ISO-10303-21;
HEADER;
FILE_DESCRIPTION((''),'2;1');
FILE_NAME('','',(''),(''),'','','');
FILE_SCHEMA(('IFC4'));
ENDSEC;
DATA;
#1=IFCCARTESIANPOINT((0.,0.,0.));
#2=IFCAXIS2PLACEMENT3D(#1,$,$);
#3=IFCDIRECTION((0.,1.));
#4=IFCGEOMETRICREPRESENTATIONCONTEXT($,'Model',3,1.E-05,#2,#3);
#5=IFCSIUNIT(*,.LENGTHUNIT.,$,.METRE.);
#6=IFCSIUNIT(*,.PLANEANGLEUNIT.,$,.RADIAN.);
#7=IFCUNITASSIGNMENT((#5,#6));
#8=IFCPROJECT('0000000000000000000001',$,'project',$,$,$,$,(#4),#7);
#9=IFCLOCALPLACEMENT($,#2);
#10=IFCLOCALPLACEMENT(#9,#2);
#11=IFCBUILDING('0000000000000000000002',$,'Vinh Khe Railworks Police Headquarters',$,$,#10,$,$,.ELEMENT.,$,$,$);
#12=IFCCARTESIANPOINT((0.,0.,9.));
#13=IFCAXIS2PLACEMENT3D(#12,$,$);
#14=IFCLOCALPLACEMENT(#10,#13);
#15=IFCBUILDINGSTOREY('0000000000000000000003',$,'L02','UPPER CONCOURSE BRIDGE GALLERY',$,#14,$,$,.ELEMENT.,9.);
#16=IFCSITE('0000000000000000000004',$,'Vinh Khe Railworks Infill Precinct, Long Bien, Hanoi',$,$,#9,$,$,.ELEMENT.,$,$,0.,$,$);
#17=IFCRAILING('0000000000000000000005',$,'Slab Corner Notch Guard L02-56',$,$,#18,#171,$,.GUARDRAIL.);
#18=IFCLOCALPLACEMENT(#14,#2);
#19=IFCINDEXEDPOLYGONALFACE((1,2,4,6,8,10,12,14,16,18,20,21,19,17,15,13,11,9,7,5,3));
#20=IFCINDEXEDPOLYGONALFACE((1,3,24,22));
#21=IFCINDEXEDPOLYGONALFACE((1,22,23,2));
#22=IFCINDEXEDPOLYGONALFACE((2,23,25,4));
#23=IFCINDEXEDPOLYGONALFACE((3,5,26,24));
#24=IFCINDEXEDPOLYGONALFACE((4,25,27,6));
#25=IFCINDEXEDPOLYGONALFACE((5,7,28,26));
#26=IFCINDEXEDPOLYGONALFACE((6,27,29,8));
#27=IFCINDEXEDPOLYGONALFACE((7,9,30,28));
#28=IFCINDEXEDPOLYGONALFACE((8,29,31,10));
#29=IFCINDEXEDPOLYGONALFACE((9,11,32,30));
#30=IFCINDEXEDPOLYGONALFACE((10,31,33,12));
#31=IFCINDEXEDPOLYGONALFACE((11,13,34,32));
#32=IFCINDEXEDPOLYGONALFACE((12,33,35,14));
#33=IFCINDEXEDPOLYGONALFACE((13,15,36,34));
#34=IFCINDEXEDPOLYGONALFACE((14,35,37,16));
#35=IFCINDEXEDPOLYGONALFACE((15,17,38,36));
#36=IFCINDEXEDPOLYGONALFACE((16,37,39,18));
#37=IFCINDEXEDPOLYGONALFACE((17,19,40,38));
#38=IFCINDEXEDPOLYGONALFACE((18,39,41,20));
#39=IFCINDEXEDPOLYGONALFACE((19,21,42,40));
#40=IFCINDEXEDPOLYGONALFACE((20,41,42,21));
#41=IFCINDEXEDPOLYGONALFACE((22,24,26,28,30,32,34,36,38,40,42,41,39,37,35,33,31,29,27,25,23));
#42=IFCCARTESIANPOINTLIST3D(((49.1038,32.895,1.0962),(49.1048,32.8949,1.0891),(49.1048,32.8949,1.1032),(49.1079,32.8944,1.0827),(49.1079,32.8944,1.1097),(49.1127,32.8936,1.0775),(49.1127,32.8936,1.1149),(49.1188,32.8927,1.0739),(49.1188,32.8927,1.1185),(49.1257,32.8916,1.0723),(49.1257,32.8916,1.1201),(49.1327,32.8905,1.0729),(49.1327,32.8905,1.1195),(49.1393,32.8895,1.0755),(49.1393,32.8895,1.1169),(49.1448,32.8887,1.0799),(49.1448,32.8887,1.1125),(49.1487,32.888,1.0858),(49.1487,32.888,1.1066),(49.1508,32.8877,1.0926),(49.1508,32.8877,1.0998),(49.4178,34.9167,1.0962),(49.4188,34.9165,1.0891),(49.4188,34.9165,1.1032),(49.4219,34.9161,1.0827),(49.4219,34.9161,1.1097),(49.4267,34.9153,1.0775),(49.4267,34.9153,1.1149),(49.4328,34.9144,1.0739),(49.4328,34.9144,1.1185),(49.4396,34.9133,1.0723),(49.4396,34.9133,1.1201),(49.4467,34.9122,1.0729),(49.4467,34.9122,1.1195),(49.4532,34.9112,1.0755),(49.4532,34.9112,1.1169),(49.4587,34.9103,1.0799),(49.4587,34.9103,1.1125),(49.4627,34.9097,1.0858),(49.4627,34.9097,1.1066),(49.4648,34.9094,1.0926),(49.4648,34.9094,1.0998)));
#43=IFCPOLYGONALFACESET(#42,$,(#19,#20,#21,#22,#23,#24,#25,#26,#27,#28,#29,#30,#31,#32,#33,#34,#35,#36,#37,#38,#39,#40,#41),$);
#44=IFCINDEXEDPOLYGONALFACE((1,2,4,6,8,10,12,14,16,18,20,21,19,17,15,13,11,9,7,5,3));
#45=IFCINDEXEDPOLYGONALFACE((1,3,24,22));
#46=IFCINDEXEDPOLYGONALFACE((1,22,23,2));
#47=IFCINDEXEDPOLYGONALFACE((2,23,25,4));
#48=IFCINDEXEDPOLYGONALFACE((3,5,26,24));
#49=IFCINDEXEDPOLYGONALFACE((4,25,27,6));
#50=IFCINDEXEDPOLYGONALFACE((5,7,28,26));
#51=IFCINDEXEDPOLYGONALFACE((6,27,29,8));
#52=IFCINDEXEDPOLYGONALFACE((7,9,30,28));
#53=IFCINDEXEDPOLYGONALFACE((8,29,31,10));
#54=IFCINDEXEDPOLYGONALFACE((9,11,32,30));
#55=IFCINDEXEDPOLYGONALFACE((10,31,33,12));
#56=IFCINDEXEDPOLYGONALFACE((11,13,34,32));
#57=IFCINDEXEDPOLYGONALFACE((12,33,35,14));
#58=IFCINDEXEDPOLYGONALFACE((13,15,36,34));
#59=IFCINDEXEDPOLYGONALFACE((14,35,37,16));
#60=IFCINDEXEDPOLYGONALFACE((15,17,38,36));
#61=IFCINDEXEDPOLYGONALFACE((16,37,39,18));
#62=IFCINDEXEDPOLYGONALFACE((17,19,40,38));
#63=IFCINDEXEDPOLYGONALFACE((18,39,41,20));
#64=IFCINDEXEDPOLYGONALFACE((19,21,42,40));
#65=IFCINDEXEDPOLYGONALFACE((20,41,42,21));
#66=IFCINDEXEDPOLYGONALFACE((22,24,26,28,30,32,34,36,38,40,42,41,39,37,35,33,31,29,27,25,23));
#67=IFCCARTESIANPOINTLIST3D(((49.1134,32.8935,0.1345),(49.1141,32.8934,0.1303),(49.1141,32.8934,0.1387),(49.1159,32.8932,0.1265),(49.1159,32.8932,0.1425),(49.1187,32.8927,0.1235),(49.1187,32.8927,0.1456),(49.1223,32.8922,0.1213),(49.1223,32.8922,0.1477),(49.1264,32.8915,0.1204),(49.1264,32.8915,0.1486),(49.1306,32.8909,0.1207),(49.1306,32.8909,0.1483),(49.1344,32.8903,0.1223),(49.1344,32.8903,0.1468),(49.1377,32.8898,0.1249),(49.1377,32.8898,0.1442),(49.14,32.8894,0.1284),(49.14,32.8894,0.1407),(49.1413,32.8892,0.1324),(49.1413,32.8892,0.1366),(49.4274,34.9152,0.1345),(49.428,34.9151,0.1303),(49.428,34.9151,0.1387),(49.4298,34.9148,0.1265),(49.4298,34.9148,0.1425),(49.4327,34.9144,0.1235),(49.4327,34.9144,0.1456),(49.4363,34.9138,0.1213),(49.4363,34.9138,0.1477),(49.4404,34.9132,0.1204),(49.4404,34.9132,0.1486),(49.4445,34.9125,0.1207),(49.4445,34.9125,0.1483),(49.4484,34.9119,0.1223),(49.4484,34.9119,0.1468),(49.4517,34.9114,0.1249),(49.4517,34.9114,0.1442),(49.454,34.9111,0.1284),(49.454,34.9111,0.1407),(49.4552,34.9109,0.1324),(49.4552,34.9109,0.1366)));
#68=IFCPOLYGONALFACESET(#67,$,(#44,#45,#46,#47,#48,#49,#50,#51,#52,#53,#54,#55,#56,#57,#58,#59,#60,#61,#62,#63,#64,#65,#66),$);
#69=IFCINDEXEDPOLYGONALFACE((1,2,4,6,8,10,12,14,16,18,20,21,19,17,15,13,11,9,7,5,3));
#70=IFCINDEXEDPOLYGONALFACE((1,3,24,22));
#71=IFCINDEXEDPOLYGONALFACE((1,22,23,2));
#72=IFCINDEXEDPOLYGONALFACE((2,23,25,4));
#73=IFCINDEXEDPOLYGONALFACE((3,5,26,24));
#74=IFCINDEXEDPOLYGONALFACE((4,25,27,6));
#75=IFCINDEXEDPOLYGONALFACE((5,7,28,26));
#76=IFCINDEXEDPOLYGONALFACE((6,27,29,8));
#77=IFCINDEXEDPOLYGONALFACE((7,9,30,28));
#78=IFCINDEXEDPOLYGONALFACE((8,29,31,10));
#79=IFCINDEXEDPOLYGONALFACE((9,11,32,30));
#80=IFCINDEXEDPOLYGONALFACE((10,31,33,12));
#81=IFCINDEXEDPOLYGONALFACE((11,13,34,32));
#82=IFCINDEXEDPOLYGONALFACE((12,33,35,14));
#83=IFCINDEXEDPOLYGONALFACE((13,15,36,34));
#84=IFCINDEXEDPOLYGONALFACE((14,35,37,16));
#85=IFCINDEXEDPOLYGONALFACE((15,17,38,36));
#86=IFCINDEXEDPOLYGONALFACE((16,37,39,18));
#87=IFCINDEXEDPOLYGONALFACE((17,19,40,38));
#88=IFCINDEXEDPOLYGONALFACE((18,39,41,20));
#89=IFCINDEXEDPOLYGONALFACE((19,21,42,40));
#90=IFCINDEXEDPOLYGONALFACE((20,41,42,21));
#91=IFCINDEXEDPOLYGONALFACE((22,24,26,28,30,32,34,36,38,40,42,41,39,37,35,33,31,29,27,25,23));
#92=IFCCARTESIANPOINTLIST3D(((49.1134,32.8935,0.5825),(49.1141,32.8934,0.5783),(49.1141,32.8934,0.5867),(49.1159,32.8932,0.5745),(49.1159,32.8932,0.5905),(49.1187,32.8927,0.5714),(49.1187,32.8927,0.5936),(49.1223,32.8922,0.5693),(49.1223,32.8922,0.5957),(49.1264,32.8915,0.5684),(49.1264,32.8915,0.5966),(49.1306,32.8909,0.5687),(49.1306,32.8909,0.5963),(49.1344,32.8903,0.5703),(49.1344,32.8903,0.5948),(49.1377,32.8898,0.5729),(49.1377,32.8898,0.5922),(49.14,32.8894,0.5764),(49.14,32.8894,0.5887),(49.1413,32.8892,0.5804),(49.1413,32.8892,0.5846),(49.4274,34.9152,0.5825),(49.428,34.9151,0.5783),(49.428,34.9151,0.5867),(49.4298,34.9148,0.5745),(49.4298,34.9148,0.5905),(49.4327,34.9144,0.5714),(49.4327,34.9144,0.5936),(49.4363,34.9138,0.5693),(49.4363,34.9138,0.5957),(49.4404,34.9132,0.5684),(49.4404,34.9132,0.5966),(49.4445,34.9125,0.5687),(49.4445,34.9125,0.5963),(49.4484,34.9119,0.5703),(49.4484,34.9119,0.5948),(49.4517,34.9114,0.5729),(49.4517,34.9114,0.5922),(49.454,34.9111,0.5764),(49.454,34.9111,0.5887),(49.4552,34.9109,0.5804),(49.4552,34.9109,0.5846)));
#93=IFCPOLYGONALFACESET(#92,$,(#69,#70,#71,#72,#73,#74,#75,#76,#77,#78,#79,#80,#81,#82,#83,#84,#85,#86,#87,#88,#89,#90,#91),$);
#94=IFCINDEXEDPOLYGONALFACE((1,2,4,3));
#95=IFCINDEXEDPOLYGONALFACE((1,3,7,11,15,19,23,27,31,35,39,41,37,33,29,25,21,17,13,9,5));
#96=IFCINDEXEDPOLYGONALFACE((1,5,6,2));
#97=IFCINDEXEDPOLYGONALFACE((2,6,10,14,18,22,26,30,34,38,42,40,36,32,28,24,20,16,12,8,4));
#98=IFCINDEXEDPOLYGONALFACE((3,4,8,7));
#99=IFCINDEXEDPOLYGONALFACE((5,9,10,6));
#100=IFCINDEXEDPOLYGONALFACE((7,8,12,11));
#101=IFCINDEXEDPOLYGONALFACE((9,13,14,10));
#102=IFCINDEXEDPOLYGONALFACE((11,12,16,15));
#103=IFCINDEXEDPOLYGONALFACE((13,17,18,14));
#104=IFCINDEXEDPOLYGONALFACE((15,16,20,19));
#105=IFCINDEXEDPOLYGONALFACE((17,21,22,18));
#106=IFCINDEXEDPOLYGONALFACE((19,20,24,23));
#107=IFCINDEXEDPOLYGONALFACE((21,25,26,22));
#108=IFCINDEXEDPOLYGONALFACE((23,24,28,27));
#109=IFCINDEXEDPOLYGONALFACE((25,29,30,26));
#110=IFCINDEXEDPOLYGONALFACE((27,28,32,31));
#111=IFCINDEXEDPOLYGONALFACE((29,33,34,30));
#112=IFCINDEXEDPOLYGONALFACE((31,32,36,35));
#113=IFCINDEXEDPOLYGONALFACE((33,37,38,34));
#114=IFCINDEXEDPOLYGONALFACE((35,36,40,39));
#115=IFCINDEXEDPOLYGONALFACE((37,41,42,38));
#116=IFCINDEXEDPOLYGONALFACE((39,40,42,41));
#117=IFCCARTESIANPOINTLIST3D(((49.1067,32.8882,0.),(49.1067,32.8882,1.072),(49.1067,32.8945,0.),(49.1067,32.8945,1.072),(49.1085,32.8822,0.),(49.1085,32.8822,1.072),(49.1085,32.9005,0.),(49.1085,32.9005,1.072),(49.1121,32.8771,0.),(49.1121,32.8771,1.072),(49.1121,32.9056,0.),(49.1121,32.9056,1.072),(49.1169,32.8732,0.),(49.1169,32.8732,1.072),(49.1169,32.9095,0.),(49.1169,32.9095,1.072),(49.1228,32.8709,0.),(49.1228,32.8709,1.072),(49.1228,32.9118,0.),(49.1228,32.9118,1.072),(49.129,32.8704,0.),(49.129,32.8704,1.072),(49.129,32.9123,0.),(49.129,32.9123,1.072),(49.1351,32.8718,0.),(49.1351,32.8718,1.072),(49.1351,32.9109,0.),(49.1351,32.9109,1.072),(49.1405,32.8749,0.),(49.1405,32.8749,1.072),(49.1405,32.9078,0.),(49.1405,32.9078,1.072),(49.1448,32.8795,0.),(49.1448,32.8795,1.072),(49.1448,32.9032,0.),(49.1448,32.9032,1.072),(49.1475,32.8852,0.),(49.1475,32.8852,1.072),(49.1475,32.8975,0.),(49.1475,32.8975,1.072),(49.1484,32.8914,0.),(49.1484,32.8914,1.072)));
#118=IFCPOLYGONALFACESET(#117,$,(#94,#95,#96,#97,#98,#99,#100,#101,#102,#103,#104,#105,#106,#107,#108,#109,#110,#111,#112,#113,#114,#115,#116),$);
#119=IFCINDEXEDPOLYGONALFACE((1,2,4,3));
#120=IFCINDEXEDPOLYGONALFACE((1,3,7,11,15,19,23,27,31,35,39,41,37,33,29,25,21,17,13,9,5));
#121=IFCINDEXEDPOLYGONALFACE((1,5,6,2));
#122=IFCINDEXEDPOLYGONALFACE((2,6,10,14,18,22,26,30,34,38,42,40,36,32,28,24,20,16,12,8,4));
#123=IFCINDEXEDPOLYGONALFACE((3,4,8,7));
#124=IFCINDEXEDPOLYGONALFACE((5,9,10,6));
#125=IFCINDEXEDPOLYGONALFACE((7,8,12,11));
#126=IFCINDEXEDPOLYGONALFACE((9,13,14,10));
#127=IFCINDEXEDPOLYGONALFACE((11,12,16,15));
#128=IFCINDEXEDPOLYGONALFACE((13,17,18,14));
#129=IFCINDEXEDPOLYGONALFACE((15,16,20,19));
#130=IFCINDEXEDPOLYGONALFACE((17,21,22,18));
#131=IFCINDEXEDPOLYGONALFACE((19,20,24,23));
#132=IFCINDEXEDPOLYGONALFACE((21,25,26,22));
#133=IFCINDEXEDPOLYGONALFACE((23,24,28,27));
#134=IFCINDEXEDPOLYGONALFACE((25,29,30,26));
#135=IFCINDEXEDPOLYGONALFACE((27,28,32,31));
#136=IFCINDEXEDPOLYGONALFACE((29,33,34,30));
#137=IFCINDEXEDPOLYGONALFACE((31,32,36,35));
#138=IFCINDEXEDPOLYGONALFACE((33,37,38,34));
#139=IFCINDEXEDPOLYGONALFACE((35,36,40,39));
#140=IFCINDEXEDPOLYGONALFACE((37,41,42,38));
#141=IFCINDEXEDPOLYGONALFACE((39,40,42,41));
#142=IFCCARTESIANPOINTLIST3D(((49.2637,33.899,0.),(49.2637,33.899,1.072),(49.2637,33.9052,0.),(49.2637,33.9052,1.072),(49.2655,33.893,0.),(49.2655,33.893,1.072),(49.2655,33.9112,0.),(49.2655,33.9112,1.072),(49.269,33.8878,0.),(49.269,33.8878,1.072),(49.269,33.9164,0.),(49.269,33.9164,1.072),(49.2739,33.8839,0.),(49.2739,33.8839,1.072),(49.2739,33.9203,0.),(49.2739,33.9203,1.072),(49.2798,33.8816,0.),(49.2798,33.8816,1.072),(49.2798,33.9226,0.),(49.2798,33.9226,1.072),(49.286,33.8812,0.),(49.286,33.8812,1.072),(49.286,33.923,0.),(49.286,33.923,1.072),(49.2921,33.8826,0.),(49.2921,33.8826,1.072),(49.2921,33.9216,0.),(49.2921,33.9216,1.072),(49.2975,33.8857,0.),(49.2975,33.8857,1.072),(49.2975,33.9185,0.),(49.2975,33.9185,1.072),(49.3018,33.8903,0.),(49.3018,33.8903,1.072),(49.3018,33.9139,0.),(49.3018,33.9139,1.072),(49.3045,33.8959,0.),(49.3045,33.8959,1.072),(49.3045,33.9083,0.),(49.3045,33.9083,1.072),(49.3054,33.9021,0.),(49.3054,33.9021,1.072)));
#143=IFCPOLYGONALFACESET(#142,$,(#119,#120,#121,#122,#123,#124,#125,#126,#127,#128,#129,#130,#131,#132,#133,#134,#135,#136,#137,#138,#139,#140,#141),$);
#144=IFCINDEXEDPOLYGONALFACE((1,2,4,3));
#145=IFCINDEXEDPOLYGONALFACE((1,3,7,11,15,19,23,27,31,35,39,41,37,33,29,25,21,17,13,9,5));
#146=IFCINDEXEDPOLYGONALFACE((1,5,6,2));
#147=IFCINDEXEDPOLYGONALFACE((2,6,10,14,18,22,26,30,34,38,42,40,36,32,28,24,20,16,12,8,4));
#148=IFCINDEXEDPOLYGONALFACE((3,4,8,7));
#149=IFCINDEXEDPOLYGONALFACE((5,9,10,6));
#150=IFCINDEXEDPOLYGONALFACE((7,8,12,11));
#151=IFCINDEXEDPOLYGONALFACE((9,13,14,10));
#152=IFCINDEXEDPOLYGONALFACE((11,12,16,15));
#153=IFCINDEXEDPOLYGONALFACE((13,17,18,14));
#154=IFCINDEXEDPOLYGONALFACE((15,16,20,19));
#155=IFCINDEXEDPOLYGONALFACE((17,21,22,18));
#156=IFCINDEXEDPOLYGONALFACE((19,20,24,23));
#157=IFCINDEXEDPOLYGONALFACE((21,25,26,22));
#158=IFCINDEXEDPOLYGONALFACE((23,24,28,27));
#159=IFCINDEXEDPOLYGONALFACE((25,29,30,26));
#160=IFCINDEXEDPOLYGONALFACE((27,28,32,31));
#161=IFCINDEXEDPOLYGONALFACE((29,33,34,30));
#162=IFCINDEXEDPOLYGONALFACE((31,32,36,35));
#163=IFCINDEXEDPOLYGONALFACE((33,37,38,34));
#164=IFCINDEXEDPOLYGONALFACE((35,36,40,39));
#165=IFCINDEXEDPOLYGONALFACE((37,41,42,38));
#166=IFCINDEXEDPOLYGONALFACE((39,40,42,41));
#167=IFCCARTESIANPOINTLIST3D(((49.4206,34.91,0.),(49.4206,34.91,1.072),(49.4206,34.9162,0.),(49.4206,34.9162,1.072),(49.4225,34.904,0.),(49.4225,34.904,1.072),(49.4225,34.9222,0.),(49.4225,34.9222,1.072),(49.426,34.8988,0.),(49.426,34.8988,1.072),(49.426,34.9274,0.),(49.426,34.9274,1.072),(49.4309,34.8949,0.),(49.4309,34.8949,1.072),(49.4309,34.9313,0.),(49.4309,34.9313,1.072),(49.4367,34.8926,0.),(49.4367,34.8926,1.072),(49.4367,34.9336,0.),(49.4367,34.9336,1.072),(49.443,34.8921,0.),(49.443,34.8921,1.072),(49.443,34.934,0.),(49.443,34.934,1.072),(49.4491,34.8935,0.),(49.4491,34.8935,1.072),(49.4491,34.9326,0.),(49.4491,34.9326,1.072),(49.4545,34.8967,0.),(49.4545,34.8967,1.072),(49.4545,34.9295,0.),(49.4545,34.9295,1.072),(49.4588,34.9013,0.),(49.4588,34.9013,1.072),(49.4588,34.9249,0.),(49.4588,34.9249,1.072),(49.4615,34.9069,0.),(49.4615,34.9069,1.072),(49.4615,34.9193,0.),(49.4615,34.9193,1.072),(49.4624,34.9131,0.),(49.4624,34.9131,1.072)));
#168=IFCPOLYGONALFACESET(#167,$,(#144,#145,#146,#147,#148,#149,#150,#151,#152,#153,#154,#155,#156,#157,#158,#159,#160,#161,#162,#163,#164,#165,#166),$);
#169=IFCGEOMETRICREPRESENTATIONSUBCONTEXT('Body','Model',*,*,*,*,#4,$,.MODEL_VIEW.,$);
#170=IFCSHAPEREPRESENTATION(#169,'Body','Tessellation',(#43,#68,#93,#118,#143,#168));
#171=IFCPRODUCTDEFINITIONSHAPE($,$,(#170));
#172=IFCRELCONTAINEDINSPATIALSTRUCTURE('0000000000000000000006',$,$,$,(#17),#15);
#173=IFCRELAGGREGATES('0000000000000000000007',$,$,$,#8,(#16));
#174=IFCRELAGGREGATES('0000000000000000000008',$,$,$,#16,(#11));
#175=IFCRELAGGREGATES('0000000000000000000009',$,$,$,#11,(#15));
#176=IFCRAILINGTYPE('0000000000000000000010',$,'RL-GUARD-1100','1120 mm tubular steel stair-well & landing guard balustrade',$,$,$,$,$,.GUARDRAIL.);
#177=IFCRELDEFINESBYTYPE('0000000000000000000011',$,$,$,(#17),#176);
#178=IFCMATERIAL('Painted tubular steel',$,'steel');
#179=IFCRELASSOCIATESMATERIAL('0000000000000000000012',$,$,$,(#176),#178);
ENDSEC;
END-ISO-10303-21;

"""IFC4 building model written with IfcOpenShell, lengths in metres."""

from ifc_helpers import new_model, si_unit, direction, frame, origin, origin_2d, place, context, subcontext, project, spatial, circle, extrude, material, type_object, element, save


model = new_model("IFC4")

# Units and contexts
model_context = context("Model", 3, precision=1e-05, world=origin(), true_north=direction((0.0, 1.0)))
body_context = subcontext(model_context, "Body", "Model", "MODEL_VIEW")
ifc_project = project(units=[si_unit("LENGTHUNIT", "METRE"), si_unit("PLANEANGLEUNIT", "RADIAN")], contexts=[model_context])

# Site, building, storey
site_placement = place(None, origin())
site = spatial("IfcSite", under=ifc_project, at=site_placement, Name="Vinh Khe Railworks Infill Precinct, Long Bien, Hanoi", CompositionType="ELEMENT", RefElevation=0.0)
building_placement = place(site_placement, origin())
building = spatial("IfcBuilding", under=site, at=building_placement, Name="Vinh Khe Railworks Police Headquarters", CompositionType="ELEMENT")
storey_placement = place(building_placement, frame((0.0, 0.0, 9.0)))
storey = spatial("IfcBuildingStorey", under=building, at=storey_placement, Name="L02", Description="UPPER CONCOURSE BRIDGE GALLERY", CompositionType="ELEMENT", Elevation=9.0)

# Railing
ifc_material_1 = material(Name="Painted tubular steel", Category="steel")
railing_type = type_object("IfcRailingType", Name="RL-GUARD-1100", Description="1120 mm tubular steel stair-well & landing guard balustrade", PredefinedType="GUARDRAIL", material=ifc_material_1)
railing_1_placement = place(storey_placement, frame((49.1274, 32.8914, 0.0)))
element("IfcRailing", 1, at=railing_1_placement, inside=storey, type_object=railing_type, Name="Slab Corner Notch Guard L02-56", PredefinedType="GUARDRAIL", context=body_context, shape_type="SweptSolid", body=[
    extrude(circle(Radius=0.0239, at=origin_2d()), frame((0.0, 0.0, 1.0962), z_axis=(0.153456, 0.988156, 0.0), x_axis=(-0.988156, 0.153456, 0.0)), (0.0, 0.0, 1.0), 2.0459),
    extrude(circle(Radius=0.0142, at=origin_2d()), frame((0.0, 0.0, 0.1345), z_axis=(0.153456, 0.988156, 0.0), x_axis=(-0.988156, 0.153456, 0.0)), (0.0, 0.0, 1.0), 2.0459),
    extrude(circle(Radius=0.0142, at=origin_2d()), frame((0.0, 0.0, 0.5825), z_axis=(0.153456, 0.988156, 0.0), x_axis=(-0.988156, 0.153456, 0.0)), (0.0, 0.0, 1.0), 2.0459),
    extrude(circle(Radius=0.021, at=origin_2d()), origin(), (0.0, 0.0, 1.0), 1.072),
    extrude(circle(Radius=0.021, at=origin_2d()), frame((0.157, 1.0107, 0.0)), (0.0, 0.0, 1.0), 1.072),
    extrude(circle(Radius=0.021, at=origin_2d()), frame((0.314, 2.0217, 0.0)), (0.0, 0.0, 1.0), 1.072),
])

save(model, "model.ifc")
